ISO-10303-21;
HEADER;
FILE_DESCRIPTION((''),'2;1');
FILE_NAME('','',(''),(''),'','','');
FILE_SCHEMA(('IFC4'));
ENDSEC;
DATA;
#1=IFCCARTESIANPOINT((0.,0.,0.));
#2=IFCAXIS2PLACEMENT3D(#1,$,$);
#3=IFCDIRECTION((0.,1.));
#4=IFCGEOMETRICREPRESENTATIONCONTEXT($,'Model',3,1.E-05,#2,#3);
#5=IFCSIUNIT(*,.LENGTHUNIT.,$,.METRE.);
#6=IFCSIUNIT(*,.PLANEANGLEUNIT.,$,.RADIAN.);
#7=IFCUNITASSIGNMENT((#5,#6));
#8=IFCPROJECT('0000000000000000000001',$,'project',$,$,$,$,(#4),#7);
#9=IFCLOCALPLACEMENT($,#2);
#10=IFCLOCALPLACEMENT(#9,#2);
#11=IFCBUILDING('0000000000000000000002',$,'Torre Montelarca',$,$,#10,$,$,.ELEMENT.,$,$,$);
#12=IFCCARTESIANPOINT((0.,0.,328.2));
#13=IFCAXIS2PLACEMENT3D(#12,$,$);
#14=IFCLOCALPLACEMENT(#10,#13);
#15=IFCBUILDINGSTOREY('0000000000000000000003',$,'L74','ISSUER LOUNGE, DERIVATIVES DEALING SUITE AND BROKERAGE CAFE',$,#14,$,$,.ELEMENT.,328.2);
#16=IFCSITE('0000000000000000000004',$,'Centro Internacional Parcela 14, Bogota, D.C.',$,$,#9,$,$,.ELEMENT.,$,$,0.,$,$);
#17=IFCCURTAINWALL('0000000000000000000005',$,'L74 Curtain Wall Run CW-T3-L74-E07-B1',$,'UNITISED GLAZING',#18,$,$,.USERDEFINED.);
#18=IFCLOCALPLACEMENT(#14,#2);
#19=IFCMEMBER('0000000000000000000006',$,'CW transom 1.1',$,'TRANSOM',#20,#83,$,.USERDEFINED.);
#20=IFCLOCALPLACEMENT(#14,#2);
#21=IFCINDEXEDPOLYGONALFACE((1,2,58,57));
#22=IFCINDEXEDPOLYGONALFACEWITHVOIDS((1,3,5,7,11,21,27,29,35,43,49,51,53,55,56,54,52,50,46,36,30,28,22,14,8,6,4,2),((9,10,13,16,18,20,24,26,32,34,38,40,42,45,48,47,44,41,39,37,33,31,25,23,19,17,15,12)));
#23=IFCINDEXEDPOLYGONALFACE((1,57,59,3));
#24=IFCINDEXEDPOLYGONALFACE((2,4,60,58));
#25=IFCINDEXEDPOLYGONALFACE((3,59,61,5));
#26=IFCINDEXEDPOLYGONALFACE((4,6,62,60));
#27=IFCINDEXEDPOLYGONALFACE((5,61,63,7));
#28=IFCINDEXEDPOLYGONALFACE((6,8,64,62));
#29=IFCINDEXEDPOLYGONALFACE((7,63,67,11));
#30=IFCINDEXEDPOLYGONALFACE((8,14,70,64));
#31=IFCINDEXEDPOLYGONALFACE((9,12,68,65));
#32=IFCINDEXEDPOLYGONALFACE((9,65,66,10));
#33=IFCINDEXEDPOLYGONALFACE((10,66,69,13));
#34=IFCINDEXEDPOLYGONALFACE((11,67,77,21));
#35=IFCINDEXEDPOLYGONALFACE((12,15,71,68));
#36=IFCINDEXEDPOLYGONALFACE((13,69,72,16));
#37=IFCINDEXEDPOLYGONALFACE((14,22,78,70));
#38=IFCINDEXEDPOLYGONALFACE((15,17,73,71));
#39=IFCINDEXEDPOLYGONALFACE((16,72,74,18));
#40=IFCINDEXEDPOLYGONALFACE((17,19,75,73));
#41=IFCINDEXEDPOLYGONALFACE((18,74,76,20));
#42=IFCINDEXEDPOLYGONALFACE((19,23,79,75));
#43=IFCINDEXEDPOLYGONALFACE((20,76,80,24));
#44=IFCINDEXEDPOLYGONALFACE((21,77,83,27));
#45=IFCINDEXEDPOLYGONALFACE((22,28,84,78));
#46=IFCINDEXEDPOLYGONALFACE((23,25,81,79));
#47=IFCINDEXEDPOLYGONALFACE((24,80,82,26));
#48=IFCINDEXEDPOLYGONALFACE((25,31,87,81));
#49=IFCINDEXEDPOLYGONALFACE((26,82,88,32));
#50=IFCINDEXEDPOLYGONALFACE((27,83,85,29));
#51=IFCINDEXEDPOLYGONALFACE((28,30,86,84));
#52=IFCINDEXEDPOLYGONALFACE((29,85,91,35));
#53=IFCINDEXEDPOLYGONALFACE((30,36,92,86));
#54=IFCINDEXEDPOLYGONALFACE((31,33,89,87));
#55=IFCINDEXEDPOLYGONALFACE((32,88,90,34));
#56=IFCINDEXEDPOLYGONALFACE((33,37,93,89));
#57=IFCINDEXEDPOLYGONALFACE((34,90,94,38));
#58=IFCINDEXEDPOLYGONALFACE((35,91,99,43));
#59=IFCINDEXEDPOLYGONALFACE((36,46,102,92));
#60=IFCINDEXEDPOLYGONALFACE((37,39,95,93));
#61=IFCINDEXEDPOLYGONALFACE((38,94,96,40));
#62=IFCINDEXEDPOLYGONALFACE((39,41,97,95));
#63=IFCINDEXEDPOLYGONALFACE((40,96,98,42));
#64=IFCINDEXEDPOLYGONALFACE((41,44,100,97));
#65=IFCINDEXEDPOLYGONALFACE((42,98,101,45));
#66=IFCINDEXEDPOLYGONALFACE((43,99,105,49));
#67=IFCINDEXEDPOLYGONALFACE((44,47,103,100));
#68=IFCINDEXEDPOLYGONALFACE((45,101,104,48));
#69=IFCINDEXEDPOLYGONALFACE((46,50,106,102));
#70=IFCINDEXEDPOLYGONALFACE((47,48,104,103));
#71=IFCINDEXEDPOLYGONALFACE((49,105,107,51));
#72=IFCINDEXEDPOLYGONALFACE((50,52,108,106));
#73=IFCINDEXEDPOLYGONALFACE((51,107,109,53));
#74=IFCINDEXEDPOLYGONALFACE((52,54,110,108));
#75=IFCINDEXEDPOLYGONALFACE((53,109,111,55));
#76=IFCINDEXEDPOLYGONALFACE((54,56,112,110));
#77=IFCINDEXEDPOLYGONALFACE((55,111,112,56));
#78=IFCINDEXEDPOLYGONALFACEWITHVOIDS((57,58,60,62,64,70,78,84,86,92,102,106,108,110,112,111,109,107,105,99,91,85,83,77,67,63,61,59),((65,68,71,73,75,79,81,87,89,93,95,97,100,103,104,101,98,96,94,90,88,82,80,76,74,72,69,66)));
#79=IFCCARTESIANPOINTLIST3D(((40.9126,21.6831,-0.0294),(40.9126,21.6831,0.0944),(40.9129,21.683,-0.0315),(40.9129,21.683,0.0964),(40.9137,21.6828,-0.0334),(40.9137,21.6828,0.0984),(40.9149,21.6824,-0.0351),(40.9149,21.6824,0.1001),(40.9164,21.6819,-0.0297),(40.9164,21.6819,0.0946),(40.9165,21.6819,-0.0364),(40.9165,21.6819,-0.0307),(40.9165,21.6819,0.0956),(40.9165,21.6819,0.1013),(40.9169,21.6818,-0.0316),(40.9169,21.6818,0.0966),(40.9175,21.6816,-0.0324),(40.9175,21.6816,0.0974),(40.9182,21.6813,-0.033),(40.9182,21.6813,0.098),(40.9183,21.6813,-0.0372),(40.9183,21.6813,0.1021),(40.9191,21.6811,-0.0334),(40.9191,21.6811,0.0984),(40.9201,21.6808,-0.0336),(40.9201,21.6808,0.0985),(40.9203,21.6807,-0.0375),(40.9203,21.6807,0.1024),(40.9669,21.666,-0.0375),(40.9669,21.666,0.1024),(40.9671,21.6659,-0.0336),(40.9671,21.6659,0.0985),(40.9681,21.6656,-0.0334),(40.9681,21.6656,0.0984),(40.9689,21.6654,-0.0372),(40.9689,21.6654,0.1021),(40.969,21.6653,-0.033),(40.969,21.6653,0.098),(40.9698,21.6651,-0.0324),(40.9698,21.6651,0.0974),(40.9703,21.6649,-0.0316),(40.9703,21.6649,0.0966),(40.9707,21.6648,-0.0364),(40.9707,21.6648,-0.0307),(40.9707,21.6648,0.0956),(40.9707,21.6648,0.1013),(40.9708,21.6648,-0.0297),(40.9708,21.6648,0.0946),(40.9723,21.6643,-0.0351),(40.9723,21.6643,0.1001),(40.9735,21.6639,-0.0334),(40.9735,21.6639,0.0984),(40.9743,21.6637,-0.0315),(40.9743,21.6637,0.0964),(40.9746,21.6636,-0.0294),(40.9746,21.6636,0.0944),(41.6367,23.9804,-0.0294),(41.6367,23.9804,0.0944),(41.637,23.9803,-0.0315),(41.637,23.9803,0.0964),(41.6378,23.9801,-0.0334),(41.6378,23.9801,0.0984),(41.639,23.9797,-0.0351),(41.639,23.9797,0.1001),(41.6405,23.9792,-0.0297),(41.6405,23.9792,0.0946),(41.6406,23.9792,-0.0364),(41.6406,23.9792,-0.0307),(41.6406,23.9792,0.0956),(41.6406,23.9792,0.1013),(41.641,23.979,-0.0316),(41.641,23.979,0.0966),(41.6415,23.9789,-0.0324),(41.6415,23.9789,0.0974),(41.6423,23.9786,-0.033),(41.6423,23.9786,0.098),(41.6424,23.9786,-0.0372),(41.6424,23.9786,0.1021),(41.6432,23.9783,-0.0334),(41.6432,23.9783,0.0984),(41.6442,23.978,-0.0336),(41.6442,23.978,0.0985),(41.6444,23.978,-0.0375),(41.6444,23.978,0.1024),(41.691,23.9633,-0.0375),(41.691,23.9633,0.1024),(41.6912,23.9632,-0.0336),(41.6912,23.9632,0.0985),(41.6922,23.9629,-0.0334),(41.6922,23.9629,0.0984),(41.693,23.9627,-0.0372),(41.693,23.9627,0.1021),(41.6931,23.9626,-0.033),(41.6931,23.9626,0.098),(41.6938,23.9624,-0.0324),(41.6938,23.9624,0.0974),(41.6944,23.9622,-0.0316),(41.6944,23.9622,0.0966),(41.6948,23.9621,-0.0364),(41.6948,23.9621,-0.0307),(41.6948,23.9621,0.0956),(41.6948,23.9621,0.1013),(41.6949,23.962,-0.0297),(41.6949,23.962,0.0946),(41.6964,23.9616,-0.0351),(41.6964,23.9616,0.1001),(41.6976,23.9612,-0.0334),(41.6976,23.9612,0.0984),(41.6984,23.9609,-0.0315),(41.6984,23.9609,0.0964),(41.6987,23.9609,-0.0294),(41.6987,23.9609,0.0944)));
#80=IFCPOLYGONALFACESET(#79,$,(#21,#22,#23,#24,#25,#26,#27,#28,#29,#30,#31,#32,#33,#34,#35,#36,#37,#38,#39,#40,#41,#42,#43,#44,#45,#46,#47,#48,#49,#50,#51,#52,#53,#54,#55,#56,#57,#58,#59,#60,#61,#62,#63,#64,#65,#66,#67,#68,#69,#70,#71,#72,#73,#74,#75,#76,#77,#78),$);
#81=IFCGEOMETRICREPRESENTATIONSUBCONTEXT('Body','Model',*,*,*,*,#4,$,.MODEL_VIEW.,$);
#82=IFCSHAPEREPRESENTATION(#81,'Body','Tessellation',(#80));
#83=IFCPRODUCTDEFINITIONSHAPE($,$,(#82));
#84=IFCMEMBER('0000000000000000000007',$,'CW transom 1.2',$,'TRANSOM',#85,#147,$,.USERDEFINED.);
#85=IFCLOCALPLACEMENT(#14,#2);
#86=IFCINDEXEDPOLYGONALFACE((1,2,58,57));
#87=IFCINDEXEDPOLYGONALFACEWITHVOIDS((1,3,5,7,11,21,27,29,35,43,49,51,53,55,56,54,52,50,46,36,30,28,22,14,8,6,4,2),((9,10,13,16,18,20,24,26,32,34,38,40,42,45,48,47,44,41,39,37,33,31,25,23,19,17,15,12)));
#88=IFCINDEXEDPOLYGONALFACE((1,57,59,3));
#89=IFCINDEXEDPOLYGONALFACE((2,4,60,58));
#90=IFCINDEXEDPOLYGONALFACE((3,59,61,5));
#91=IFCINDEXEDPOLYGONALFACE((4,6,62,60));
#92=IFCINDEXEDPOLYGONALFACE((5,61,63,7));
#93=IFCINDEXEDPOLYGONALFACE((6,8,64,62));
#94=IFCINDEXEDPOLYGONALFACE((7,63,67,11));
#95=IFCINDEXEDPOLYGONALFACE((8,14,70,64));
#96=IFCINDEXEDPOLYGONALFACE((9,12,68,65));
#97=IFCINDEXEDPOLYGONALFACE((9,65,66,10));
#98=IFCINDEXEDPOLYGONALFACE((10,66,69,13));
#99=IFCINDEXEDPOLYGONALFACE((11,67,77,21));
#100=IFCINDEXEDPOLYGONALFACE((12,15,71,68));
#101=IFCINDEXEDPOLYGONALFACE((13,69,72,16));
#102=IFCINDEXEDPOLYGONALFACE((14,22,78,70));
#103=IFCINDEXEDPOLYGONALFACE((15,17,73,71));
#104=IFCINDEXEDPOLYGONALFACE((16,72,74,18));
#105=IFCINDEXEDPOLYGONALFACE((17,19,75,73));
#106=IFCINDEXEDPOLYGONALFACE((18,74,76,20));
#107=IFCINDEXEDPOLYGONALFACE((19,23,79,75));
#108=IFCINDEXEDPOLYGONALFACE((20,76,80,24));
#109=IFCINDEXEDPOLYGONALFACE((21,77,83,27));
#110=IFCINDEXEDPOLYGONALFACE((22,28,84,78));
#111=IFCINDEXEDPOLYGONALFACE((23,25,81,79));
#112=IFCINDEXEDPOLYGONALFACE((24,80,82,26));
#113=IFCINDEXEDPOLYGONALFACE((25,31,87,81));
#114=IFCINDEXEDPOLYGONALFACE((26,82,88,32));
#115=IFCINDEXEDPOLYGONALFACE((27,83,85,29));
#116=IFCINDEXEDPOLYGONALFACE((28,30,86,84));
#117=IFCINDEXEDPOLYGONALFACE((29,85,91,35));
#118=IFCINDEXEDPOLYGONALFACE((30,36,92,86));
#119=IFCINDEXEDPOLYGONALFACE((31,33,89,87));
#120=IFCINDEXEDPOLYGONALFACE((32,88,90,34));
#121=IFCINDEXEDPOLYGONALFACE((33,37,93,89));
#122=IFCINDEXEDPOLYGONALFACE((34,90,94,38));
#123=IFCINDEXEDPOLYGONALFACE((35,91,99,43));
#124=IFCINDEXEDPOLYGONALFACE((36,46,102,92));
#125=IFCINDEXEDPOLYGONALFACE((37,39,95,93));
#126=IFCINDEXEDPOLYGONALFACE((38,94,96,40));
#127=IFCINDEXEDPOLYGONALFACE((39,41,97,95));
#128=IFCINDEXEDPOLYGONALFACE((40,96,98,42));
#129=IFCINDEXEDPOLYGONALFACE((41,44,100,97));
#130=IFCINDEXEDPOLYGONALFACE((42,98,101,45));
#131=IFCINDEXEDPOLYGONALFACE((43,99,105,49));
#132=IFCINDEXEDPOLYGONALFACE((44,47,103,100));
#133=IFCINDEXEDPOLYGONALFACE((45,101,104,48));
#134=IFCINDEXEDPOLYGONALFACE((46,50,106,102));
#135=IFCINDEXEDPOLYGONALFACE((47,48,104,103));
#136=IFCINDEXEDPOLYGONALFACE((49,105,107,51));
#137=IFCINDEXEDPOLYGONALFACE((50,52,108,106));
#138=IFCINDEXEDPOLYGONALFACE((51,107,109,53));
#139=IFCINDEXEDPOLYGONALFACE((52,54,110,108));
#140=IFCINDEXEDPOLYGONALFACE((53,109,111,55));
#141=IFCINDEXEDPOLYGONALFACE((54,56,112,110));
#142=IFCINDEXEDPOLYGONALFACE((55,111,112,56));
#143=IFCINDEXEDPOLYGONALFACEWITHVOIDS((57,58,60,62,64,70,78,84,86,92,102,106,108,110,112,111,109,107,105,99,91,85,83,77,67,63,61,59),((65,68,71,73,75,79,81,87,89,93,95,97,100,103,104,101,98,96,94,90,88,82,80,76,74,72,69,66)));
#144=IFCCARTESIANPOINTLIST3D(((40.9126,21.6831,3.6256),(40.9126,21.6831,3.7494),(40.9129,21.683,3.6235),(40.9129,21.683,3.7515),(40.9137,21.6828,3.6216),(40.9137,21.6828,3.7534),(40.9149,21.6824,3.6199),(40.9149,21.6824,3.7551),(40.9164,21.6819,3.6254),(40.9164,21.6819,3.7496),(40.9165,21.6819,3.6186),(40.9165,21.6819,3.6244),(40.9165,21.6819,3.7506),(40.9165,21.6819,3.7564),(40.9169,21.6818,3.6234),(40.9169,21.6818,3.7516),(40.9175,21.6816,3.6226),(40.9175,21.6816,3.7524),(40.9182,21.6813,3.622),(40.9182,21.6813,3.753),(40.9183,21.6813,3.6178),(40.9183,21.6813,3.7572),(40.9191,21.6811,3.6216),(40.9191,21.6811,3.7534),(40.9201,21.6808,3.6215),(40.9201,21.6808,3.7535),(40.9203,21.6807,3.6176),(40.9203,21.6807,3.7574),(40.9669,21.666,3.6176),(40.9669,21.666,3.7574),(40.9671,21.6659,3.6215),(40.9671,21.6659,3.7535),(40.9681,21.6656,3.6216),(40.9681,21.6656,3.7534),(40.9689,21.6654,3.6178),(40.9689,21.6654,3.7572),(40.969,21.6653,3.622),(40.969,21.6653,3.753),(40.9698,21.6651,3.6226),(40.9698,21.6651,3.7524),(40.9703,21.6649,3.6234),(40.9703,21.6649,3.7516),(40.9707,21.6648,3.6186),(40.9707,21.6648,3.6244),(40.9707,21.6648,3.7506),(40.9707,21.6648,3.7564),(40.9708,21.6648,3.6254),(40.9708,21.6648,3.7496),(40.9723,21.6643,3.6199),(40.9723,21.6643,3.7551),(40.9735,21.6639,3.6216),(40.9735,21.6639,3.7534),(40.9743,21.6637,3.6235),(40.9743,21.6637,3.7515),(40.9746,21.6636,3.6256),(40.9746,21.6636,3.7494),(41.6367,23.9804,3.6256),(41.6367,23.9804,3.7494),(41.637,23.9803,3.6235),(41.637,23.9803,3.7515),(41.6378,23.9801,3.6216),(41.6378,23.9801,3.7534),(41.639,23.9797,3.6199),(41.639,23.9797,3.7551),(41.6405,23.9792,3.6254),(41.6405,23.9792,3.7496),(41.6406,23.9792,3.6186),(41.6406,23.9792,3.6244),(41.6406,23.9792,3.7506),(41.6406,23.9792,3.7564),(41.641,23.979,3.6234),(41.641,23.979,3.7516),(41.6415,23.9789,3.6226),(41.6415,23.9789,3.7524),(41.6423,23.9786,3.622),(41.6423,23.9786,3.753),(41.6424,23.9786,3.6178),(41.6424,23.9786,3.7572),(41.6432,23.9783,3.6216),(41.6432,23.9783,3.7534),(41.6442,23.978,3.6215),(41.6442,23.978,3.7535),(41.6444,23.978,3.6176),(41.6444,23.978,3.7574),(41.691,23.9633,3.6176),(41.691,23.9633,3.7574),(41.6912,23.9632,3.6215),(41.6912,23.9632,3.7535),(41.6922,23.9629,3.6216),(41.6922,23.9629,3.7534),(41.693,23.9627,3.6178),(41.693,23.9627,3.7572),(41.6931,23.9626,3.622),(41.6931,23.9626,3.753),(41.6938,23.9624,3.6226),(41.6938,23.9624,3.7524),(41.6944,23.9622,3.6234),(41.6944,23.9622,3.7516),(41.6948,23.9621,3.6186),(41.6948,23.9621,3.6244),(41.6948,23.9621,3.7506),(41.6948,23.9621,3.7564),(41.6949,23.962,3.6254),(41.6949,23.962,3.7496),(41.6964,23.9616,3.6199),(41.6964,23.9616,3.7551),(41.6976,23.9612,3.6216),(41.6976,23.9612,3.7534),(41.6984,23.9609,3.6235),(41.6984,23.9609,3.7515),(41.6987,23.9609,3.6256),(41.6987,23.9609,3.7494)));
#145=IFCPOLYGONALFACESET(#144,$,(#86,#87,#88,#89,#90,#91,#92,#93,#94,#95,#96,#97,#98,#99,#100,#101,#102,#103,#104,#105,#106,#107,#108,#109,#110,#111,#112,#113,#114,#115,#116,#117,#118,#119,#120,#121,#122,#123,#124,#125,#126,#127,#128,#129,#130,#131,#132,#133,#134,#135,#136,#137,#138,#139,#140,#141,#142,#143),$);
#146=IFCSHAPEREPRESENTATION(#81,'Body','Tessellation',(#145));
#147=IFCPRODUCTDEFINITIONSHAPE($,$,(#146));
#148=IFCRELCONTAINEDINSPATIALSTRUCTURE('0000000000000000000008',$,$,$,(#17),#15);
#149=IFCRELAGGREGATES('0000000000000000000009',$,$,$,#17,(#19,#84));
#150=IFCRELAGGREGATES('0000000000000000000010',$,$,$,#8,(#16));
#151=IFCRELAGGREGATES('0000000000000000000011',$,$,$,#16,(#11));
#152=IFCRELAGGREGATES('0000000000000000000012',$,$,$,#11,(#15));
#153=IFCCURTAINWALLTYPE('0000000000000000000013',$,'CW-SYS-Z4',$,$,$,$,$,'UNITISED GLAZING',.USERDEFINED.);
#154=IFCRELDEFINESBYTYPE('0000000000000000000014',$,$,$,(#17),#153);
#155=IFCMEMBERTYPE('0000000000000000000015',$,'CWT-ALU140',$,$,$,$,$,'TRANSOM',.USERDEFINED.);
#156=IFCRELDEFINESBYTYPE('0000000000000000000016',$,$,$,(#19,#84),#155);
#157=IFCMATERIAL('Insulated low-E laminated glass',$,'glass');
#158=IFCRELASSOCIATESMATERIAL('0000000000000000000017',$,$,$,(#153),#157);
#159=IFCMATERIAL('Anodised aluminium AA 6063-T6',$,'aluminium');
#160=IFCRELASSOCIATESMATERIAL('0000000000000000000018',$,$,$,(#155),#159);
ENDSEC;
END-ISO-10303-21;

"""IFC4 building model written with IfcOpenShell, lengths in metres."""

from ifc_helpers import new_model, si_unit, direction, frame, origin, origin_2d, place, context, subcontext, project, spatial, hollow_rectangle, extrude, source, transform, mapped, material, material_profile, profile_set, type_object, element, aggregate, save


model = new_model("IFC4")

# Units and contexts
model_context = context("Model", 3, precision=1e-05, world=origin(), true_north=direction((0.0, 1.0)))
body_context = subcontext(model_context, "Body", "Model", "MODEL_VIEW")
ifc_project = project(units=[si_unit("LENGTHUNIT", "METRE"), si_unit("PLANEANGLEUNIT", "RADIAN")], contexts=[model_context])

# Site, building, storey
site_placement = place(None, origin())
site = spatial("IfcSite", under=ifc_project, at=site_placement, Name="Centro Internacional Parcela 14, Bogota, D.C.", CompositionType="ELEMENT", RefElevation=0.0)
building_placement = place(site_placement, origin())
building = spatial("IfcBuilding", under=site, at=building_placement, Name="Torre Montelarca", CompositionType="ELEMENT")
storey_placement = place(building_placement, frame((0.0, 0.0, 328.2)))
storey = spatial("IfcBuildingStorey", under=building, at=storey_placement, Name="L74", Description="ISSUER LOUNGE, DERIVATIVES DEALING SUITE AND BROKERAGE CAFE", CompositionType="ELEMENT", Elevation=328.2)

# Curtain wall
ifc_material_1 = material(Name="Insulated low-E laminated glass", Category="glass")
curtain_wall_type = type_object("IfcCurtainWallType", Name="CW-SYS-Z4", ElementType="UNITISED GLAZING", PredefinedType="USERDEFINED", material=ifc_material_1)
ifc_material_2 = material(Name="Anodised aluminium AA 6063-T6", Category="aluminium")
curtain_wall_1_placement = place(storey_placement, origin())
curtain_wall_1 = element("IfcCurtainWall", 1, at=curtain_wall_1_placement, inside=storey, type_object=curtain_wall_type, Name="L74 Curtain Wall Run CW-T3-L74-E07-B1", ObjectType="UNITISED GLAZING", PredefinedType="USERDEFINED")

# Members
ifc_material_profile_1 = material_profile(ifc_material_2, hollow_rectangle(XDim=0.0649, YDim=0.1399, WallThickness=0.0039, InnerFilletRadius=0.0039, OuterFilletRadius=0.0081, at=origin_2d()), Name="ALU65X140X4", Category="aluminium")
ifc_profile_set_1 = profile_set([ifc_material_profile_1], Name="Anodised aluminium AA 6063-T6")
member_type_1 = type_object("IfcMemberType", Name="CWT-ALU140", ElementType="TRANSOM", PredefinedType="USERDEFINED", material=ifc_profile_set_1)
shared_shape_1 = source(origin(), body_context, "Body", "SweptSolid", [
    extrude(hollow_rectangle(XDim=0.0649, YDim=0.1399, WallThickness=0.0039, InnerFilletRadius=0.0039, OuterFilletRadius=0.0081, at=origin_2d()), origin(), (0.0, 0.0, 1.0), 2.4087),
])
member_1_placement = place(storey_placement, frame((40.9436, 21.6733, 0.0325), z_axis=(0.300617, 0.953745, 0.0), x_axis=(-0.953745, 0.300617, 0.0)))
member_1 = element("IfcMember", 2, at=member_1_placement, type_object=member_type_1, Name="CW transom 1.1", ObjectType="TRANSOM", PredefinedType="USERDEFINED", context=body_context, shape_type="MappedRepresentation", body=[
    mapped(shared_shape_1, transform((0.0, 0.0, 0.0), scale=1.0)),
])
member_2_placement = place(storey_placement, frame((40.9436, 21.6733, 3.6875), z_axis=(0.300617, 0.953745, 0.0), x_axis=(-0.953745, 0.300617, 0.0)))
member_2 = element("IfcMember", 3, at=member_2_placement, type_object=member_type_1, Name="CW transom 1.2", ObjectType="TRANSOM", PredefinedType="USERDEFINED", context=body_context, shape_type="MappedRepresentation", body=[
    mapped(shared_shape_1, transform((0.0, 0.0, 0.0), scale=1.0)),
])

aggregate(curtain_wall_1, [member_1, member_2])

save(model, "model.ifc")
